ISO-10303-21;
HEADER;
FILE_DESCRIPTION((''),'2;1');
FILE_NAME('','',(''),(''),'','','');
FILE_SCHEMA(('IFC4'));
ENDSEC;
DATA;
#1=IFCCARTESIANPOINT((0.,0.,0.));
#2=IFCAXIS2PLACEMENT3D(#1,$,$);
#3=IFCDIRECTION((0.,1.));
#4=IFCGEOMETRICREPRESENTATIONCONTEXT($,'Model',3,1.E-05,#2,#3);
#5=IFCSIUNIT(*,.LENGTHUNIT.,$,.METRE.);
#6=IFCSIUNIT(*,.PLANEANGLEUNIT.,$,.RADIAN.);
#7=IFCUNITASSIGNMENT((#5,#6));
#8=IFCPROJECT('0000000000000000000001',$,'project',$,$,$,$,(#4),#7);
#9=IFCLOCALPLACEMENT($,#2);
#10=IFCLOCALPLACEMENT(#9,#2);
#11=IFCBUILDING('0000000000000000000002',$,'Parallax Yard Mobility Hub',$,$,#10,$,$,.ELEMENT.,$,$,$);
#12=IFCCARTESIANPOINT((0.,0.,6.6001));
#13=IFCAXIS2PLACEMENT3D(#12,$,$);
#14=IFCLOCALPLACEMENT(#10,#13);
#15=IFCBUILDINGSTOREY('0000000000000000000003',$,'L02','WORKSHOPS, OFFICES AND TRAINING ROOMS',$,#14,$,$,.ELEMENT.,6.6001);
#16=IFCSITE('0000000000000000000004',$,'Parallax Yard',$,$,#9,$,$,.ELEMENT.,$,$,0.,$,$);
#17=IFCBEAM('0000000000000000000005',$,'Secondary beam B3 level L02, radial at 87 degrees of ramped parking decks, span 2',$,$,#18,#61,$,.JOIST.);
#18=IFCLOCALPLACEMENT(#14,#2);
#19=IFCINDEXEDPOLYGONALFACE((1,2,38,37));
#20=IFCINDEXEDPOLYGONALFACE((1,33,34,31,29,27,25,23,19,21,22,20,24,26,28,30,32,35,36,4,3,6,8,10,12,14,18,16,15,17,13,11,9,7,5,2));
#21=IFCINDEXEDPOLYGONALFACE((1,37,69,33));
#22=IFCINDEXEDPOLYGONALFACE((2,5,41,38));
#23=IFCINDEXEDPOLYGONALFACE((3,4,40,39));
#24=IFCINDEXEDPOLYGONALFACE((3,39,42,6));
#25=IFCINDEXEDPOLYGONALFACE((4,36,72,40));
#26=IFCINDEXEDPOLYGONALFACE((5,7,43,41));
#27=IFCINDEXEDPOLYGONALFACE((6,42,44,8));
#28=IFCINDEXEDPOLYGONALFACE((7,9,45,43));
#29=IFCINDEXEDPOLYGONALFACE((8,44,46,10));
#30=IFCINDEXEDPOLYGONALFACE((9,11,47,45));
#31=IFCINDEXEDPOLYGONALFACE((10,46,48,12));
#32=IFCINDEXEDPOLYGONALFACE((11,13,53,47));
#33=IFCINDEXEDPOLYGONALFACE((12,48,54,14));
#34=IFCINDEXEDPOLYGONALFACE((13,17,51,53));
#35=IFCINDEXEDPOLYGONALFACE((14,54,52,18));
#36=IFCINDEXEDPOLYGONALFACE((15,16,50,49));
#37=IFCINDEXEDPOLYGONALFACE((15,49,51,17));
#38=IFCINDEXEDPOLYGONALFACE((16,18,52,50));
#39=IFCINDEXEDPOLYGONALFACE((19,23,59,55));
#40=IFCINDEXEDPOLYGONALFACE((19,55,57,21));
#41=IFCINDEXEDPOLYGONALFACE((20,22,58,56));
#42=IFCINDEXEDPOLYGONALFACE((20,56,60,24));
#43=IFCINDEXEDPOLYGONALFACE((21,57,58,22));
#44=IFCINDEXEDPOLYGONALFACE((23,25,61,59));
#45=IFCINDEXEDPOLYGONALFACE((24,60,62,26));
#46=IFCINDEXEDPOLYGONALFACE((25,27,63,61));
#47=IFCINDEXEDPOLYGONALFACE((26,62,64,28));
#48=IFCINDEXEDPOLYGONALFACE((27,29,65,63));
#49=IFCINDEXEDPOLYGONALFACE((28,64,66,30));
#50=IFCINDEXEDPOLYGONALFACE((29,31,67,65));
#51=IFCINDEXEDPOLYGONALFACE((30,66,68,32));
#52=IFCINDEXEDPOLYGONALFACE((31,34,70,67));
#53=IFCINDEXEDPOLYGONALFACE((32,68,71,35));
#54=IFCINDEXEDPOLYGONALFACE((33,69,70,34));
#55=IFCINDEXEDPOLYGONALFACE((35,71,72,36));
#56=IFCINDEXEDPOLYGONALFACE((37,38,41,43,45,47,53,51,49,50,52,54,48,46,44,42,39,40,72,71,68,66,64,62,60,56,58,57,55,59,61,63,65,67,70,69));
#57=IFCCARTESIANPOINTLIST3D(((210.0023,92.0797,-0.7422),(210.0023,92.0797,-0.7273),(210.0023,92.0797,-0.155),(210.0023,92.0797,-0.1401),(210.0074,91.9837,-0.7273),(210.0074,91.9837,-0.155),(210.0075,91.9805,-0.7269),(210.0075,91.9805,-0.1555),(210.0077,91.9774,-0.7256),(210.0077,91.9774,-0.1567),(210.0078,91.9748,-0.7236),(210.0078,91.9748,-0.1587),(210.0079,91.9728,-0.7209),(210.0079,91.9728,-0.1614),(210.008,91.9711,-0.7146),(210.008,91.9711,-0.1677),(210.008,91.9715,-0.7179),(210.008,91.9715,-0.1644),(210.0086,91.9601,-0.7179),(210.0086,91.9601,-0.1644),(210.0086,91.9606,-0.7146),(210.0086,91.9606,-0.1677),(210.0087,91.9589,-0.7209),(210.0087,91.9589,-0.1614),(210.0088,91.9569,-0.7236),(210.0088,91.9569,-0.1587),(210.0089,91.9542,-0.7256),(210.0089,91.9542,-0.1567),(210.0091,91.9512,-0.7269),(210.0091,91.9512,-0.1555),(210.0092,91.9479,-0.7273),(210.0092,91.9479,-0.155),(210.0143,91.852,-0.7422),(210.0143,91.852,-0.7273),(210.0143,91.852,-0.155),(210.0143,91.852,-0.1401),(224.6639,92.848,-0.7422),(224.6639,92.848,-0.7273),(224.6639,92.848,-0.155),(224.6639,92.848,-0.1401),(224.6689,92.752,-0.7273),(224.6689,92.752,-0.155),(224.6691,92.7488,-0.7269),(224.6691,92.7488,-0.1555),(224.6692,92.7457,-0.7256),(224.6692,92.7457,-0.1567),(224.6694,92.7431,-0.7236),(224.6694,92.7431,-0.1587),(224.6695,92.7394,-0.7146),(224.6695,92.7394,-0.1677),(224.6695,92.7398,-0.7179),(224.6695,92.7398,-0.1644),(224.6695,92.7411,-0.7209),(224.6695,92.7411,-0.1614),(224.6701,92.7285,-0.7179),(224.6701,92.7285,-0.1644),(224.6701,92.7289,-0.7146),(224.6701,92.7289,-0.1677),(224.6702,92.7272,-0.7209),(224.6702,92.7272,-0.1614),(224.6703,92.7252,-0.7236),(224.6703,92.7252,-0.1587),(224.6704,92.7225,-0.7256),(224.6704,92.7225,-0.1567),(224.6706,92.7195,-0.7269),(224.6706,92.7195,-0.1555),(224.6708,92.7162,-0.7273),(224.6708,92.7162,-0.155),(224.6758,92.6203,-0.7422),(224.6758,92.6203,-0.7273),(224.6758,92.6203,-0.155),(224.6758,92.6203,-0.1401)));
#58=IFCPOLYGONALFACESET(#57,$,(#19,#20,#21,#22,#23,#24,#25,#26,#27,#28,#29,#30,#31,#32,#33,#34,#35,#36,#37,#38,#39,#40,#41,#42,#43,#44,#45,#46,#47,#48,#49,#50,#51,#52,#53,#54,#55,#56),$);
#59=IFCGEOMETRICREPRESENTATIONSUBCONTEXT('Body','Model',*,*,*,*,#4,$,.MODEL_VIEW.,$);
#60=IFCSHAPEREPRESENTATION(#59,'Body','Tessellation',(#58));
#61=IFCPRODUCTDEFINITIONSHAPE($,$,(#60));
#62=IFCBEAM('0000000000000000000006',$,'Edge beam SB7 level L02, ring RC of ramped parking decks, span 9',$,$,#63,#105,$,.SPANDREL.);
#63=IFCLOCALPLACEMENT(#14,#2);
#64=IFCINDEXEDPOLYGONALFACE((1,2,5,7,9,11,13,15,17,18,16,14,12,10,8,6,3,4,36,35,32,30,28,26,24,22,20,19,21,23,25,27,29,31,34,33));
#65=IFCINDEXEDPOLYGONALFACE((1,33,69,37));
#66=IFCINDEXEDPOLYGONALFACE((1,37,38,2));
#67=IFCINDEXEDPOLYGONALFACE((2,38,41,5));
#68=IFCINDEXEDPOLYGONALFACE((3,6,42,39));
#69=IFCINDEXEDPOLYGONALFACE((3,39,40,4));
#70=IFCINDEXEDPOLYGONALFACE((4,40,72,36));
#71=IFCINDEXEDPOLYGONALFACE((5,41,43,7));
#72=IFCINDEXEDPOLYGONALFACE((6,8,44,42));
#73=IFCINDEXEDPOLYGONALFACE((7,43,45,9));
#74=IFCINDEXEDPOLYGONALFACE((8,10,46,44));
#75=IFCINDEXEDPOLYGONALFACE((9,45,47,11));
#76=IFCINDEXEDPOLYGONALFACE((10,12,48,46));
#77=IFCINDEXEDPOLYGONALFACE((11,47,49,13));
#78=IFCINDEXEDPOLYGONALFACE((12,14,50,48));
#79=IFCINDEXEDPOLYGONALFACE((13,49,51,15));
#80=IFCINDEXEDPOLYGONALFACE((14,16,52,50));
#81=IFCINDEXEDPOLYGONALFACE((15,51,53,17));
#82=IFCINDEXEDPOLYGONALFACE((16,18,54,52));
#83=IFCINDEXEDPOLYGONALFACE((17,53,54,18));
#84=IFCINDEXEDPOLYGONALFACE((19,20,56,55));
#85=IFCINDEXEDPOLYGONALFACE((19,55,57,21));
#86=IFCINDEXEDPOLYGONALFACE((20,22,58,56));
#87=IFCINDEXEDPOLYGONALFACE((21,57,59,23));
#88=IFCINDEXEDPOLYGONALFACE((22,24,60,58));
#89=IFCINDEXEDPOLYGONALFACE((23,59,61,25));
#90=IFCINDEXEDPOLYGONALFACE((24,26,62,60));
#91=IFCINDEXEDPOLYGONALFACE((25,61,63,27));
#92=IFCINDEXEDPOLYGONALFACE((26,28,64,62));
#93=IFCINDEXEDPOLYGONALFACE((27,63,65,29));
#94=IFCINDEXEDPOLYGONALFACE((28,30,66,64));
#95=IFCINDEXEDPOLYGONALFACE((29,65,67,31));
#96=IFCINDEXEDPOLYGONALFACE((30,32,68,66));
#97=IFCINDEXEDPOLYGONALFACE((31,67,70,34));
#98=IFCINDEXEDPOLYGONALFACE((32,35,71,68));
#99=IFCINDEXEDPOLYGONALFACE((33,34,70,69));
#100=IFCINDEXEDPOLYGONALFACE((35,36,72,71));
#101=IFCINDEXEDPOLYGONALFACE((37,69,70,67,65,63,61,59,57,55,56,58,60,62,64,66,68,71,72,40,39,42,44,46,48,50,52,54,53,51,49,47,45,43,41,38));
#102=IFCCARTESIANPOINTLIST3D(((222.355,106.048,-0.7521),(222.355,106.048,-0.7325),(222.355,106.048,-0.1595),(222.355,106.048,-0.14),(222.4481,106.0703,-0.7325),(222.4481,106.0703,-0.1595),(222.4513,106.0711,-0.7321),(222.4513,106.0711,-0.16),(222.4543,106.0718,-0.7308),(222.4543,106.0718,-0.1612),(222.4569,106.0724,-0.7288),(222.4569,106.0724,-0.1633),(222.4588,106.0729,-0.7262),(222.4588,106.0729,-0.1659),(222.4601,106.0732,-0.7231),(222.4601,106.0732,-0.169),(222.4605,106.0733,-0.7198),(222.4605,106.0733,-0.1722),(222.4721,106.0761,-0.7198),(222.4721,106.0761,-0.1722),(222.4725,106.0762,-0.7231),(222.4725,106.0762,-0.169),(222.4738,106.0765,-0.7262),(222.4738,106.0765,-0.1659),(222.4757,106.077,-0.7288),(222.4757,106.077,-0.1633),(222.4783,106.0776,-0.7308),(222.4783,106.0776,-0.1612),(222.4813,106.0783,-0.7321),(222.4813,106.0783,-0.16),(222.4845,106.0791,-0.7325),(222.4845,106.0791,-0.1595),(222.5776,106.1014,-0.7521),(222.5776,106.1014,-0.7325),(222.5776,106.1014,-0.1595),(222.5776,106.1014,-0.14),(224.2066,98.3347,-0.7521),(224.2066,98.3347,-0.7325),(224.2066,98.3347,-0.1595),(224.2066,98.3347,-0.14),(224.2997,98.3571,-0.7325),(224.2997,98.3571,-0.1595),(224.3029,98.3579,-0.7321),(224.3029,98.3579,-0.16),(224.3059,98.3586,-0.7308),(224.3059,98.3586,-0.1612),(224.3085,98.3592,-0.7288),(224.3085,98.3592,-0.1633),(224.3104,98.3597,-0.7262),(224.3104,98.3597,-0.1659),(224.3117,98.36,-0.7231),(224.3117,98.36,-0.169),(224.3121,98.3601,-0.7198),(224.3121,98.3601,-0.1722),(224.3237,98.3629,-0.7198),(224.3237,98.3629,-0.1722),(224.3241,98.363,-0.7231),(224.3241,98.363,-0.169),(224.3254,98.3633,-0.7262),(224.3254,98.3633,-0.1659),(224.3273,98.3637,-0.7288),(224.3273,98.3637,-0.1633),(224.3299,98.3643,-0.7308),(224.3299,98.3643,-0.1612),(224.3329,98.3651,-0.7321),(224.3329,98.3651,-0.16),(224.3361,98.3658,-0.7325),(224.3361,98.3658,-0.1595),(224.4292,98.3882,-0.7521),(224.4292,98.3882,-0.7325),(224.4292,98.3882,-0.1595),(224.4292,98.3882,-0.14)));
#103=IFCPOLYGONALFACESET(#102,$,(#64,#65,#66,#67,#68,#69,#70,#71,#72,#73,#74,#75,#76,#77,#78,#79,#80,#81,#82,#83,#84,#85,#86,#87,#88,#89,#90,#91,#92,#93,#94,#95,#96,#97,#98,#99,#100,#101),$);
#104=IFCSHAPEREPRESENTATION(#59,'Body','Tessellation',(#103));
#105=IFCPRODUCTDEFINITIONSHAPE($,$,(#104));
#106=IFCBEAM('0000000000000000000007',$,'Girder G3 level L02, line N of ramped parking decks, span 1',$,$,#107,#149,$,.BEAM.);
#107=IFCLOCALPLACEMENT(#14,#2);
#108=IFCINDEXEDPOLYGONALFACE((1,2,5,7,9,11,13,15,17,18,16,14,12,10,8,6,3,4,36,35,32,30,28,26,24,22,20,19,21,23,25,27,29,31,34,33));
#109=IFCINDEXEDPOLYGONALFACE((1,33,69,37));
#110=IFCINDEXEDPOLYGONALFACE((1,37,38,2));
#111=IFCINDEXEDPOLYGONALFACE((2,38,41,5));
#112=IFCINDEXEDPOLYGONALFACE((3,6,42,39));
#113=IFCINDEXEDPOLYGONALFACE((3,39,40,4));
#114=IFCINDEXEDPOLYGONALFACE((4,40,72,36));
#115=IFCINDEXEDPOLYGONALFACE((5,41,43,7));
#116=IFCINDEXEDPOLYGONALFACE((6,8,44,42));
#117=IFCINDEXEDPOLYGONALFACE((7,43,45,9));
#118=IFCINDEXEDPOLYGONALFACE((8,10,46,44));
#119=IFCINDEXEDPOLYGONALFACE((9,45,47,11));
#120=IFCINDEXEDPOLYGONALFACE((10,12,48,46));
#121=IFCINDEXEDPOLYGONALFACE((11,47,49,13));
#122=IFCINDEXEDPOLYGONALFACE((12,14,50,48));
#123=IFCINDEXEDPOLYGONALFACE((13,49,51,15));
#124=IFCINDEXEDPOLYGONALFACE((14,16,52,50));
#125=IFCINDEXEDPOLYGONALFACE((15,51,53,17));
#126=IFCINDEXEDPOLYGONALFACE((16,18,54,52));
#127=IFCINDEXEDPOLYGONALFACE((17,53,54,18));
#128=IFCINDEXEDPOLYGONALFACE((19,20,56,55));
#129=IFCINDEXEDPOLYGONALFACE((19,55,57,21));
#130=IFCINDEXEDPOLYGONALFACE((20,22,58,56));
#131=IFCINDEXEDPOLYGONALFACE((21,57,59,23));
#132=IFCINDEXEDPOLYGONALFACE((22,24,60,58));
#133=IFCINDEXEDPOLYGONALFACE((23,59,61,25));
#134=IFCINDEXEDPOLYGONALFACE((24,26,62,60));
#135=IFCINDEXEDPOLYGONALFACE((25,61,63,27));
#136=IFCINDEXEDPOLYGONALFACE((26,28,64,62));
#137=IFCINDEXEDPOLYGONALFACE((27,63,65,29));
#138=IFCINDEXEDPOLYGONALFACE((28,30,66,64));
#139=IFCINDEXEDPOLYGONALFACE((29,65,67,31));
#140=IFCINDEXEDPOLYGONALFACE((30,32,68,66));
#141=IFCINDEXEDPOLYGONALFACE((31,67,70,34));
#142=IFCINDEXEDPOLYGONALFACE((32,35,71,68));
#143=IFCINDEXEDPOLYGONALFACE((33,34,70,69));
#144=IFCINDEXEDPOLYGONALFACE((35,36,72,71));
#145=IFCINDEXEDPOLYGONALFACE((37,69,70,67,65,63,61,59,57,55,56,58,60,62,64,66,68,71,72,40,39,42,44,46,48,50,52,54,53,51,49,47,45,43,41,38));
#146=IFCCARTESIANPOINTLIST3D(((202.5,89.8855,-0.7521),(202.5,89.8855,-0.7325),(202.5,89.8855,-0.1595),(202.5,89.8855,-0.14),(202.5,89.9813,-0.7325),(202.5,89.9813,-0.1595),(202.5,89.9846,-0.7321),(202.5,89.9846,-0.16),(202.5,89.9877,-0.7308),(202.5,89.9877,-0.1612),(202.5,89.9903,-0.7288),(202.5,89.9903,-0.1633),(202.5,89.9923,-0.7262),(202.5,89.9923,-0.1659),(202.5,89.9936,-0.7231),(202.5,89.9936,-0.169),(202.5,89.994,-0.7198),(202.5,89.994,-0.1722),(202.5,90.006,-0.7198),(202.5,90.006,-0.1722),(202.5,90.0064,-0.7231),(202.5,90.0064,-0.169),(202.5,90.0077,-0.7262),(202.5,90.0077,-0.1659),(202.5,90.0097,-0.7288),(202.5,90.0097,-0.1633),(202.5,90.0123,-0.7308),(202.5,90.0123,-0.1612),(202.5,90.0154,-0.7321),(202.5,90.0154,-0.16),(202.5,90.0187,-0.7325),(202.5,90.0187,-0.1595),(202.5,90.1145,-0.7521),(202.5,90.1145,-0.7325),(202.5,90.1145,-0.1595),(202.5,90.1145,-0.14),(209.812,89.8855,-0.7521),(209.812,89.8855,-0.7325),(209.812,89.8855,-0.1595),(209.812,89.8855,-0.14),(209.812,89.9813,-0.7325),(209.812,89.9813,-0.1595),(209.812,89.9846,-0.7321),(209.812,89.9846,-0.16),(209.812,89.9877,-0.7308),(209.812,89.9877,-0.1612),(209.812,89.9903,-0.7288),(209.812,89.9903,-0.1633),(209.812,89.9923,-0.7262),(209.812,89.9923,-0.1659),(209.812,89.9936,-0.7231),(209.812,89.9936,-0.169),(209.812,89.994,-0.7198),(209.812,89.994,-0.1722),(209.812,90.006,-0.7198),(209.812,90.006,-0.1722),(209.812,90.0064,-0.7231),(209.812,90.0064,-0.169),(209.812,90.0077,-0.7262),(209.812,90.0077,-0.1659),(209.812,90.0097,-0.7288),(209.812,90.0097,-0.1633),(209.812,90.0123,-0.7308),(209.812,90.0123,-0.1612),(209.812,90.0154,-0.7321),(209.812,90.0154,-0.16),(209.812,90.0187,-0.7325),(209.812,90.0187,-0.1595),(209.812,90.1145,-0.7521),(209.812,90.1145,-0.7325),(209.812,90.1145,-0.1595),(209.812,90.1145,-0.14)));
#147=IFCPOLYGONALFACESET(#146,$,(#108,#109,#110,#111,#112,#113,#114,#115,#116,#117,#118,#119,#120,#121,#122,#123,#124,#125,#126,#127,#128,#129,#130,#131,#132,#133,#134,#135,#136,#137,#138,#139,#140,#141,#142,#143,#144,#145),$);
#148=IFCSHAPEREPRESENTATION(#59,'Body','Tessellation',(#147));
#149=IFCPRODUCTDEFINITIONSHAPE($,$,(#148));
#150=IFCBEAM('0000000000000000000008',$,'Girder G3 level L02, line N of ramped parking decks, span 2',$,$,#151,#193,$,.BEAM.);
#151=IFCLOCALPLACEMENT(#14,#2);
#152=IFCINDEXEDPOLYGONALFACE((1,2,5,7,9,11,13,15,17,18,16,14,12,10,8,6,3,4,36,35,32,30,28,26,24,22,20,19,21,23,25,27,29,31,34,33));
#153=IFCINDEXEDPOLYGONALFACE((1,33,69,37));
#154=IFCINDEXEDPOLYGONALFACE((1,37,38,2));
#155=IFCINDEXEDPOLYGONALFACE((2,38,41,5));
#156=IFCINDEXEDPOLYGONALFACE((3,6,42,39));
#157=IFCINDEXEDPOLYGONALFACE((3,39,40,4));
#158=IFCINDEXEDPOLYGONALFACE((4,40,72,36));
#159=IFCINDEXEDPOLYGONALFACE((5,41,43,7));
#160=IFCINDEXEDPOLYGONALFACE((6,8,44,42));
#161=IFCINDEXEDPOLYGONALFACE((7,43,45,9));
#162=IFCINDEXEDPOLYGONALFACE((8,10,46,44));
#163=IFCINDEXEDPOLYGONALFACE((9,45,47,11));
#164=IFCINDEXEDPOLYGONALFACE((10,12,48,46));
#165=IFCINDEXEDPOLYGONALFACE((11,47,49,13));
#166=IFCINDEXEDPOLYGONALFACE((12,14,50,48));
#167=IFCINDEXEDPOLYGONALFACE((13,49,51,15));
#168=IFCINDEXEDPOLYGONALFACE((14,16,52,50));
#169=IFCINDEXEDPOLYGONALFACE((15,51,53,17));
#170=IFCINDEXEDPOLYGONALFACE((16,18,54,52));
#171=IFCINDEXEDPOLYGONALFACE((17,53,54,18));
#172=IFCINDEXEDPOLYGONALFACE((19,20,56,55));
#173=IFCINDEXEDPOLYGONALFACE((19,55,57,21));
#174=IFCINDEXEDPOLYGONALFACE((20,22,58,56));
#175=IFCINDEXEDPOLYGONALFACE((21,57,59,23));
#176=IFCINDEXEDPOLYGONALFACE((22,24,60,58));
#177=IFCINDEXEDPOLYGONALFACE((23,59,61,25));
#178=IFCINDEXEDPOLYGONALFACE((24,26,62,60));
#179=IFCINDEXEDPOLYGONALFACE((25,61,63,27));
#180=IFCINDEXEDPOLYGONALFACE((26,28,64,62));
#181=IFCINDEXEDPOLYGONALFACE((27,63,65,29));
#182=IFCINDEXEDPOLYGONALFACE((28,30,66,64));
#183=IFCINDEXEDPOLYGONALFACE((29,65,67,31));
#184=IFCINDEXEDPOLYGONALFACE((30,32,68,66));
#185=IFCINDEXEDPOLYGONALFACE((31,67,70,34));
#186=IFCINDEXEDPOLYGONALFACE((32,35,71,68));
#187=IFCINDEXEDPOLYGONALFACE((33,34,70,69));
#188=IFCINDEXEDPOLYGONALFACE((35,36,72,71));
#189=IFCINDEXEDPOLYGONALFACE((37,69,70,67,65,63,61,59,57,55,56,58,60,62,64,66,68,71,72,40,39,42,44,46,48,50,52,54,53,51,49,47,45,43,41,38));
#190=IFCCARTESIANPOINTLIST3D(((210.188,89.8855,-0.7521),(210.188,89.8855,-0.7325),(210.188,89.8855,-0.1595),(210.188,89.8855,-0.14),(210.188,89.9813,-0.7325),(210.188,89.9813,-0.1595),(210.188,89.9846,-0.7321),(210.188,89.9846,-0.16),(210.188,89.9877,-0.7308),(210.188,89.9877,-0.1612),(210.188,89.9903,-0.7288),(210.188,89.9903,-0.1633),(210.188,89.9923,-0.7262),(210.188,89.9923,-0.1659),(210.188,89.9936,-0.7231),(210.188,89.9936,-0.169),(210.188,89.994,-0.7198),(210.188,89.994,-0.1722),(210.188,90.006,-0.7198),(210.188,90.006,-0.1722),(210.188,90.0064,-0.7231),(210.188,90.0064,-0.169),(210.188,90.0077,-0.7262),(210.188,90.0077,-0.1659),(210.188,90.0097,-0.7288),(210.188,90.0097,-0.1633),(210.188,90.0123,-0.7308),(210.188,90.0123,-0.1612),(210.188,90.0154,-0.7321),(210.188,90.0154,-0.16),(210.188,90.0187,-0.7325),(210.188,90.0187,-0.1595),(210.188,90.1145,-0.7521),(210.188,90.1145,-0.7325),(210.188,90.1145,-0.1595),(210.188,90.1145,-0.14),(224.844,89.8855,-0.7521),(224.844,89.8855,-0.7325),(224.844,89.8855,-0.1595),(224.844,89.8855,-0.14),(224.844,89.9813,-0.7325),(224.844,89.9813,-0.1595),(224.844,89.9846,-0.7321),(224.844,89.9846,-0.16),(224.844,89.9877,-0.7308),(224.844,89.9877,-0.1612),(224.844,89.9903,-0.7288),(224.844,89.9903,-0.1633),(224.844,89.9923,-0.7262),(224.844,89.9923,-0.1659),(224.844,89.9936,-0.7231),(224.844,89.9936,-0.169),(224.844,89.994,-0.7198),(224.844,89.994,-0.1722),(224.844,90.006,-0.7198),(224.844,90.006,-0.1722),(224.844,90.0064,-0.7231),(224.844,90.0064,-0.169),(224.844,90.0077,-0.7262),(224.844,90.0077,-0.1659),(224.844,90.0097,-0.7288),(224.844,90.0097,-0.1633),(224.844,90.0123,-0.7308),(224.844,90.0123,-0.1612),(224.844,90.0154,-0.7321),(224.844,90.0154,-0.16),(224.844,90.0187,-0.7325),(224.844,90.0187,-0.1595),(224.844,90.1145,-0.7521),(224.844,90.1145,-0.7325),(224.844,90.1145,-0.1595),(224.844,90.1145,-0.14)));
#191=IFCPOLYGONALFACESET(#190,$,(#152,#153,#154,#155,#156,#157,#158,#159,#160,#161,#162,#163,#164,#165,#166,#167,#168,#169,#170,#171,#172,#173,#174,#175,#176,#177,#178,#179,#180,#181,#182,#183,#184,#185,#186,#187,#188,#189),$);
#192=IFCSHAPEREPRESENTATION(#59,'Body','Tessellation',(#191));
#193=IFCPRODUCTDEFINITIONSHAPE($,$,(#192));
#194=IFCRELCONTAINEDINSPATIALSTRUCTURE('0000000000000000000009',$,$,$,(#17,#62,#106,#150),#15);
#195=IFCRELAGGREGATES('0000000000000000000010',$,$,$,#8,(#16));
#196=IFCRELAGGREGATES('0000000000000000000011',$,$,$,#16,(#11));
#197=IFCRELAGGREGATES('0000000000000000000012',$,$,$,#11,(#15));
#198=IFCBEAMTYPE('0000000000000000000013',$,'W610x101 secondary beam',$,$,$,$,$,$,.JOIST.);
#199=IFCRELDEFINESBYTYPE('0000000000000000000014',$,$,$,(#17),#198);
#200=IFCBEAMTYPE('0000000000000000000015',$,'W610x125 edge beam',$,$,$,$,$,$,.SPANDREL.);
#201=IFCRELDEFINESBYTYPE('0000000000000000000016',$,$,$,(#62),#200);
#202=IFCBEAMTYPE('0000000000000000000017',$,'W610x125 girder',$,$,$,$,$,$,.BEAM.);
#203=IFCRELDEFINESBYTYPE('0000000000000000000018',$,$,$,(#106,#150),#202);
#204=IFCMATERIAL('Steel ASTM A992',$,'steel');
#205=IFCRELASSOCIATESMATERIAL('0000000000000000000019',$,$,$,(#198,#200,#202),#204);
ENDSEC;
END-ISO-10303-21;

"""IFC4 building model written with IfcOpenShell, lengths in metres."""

from ifc_helpers import new_model, si_unit, direction, frame, origin, origin_2d, place, context, subcontext, project, spatial, i_section, extrude, material, material_profile, profile_set, type_object, element, save


model = new_model("IFC4")

# Units and contexts
model_context = context("Model", 3, precision=1e-05, world=origin(), true_north=direction((0.0, 1.0)))
body_context = subcontext(model_context, "Body", "Model", "MODEL_VIEW")
ifc_project = project(units=[si_unit("LENGTHUNIT", "METRE"), si_unit("PLANEANGLEUNIT", "RADIAN")], contexts=[model_context])

# Site, building, storey
site_placement = place(None, origin())
site = spatial("IfcSite", under=ifc_project, at=site_placement, Name="Parallax Yard", CompositionType="ELEMENT", RefElevation=0.0)
building_placement = place(site_placement, origin())
building = spatial("IfcBuilding", under=site, at=building_placement, Name="Parallax Yard Mobility Hub", CompositionType="ELEMENT")
storey_placement = place(building_placement, frame((0.0, 0.0, 6.6001)))
storey = spatial("IfcBuildingStorey", under=building, at=storey_placement, Name="L02", Description="WORKSHOPS, OFFICES AND TRAINING ROOMS", CompositionType="ELEMENT", Elevation=6.6001)

# Shared definitions
ifc_material_1 = material(Name="Steel ASTM A992", Category="steel")

# Beams
ifc_material_profile_1 = material_profile(ifc_material_1, i_section(OverallWidth=0.228, OverallDepth=0.6021, WebThickness=0.0105, FlangeThickness=0.0149, FilletRadius=0.0127, at=origin_2d()), Name="W610x101")
ifc_profile_set_1 = profile_set([ifc_material_profile_1], Name="Steel ASTM A992")
beam_type_1 = type_object("IfcBeamType", Name="W610x101 secondary beam", PredefinedType="JOIST", material=ifc_profile_set_1)
for number, where, z_axis, x_axis, name in (
    (1, (210.0083, 91.9658, -0.4412), (0.99863, 0.052331, 0.0), (-0.052331, 0.99863, 0.0), "Secondary beam B3 level L02, radial at 87 degrees of ramped parking decks, span 2"),
):
    element("IfcBeam", number, at=place(storey_placement, frame(where, z_axis=z_axis, x_axis=x_axis)), inside=storey, type_object=beam_type_1, Name=name, PredefinedType="JOIST", context=body_context, shape_type="SweptSolid", body=[
        extrude(i_section(OverallWidth=0.228, OverallDepth=0.6021, WebThickness=0.0105, FlangeThickness=0.0149, FilletRadius=0.0127, at=origin_2d()), origin(), (0.0, 0.0, 1.0), 14.6816),
    ])
ifc_material_profile_2 = material_profile(ifc_material_1, i_section(OverallWidth=0.229, OverallDepth=0.6121, WebThickness=0.012, FlangeThickness=0.0195, FilletRadius=0.0127, at=origin_2d()), Name="W610x125")
ifc_profile_set_2 = profile_set([ifc_material_profile_2], Name="Steel ASTM A992")
beam_type_2 = type_object("IfcBeamType", Name="W610x125 edge beam", PredefinedType="SPANDREL", material=ifc_profile_set_2)
beam_1_placement = place(storey_placement, frame((222.4663, 106.0747, -0.446), z_axis=(0.233422, -0.972376, 0.0), x_axis=(0.972376, 0.233422, 0.0)))
element("IfcBeam", 2, at=beam_1_placement, inside=storey, type_object=beam_type_2, Name="Edge beam SB7 level L02, ring RC of ramped parking decks, span 9", PredefinedType="SPANDREL", context=body_context, shape_type="SweptSolid", body=[
    extrude(i_section(OverallWidth=0.229, OverallDepth=0.6121, WebThickness=0.012, FlangeThickness=0.0195, FilletRadius=0.0127, at=origin_2d()), origin(), (0.0, 0.0, 1.0), 7.9324),
])
ifc_material_profile_3 = material_profile(ifc_material_1, i_section(OverallWidth=0.229, OverallDepth=0.6121, WebThickness=0.012, FlangeThickness=0.0195, FilletRadius=0.0127, at=origin_2d()), Name="W610x125")
ifc_profile_set_3 = profile_set([ifc_material_profile_3], Name="Steel ASTM A992")
beam_type_3 = type_object("IfcBeamType", Name="W610x125 girder", PredefinedType="BEAM", material=ifc_profile_set_3)
beam_2_placement = place(storey_placement, frame((202.5, 90.0, -0.446), z_axis=(1.0, 0.0, 0.0), x_axis=(0.0, 1.0, 0.0)))
element("IfcBeam", 3, at=beam_2_placement, inside=storey, type_object=beam_type_3, Name="Girder G3 level L02, line N of ramped parking decks, span 1", PredefinedType="BEAM", context=body_context, shape_type="SweptSolid", body=[
    extrude(i_section(OverallWidth=0.229, OverallDepth=0.6121, WebThickness=0.012, FlangeThickness=0.0195, FilletRadius=0.0127, at=origin_2d()), origin(), (0.0, 0.0, 1.0), 7.312),
])
beam_3_placement = place(storey_placement, frame((210.188, 90.0, -0.446), z_axis=(1.0, 0.0, 0.0), x_axis=(0.0, 1.0, 0.0)))
element("IfcBeam", 4, at=beam_3_placement, inside=storey, type_object=beam_type_3, Name="Girder G3 level L02, line N of ramped parking decks, span 2", PredefinedType="BEAM", context=body_context, shape_type="SweptSolid", body=[
    extrude(i_section(OverallWidth=0.229, OverallDepth=0.6121, WebThickness=0.012, FlangeThickness=0.0195, FilletRadius=0.0127, at=origin_2d()), origin(), (0.0, 0.0, 1.0), 14.656),
])

save(model, "model.ifc")
